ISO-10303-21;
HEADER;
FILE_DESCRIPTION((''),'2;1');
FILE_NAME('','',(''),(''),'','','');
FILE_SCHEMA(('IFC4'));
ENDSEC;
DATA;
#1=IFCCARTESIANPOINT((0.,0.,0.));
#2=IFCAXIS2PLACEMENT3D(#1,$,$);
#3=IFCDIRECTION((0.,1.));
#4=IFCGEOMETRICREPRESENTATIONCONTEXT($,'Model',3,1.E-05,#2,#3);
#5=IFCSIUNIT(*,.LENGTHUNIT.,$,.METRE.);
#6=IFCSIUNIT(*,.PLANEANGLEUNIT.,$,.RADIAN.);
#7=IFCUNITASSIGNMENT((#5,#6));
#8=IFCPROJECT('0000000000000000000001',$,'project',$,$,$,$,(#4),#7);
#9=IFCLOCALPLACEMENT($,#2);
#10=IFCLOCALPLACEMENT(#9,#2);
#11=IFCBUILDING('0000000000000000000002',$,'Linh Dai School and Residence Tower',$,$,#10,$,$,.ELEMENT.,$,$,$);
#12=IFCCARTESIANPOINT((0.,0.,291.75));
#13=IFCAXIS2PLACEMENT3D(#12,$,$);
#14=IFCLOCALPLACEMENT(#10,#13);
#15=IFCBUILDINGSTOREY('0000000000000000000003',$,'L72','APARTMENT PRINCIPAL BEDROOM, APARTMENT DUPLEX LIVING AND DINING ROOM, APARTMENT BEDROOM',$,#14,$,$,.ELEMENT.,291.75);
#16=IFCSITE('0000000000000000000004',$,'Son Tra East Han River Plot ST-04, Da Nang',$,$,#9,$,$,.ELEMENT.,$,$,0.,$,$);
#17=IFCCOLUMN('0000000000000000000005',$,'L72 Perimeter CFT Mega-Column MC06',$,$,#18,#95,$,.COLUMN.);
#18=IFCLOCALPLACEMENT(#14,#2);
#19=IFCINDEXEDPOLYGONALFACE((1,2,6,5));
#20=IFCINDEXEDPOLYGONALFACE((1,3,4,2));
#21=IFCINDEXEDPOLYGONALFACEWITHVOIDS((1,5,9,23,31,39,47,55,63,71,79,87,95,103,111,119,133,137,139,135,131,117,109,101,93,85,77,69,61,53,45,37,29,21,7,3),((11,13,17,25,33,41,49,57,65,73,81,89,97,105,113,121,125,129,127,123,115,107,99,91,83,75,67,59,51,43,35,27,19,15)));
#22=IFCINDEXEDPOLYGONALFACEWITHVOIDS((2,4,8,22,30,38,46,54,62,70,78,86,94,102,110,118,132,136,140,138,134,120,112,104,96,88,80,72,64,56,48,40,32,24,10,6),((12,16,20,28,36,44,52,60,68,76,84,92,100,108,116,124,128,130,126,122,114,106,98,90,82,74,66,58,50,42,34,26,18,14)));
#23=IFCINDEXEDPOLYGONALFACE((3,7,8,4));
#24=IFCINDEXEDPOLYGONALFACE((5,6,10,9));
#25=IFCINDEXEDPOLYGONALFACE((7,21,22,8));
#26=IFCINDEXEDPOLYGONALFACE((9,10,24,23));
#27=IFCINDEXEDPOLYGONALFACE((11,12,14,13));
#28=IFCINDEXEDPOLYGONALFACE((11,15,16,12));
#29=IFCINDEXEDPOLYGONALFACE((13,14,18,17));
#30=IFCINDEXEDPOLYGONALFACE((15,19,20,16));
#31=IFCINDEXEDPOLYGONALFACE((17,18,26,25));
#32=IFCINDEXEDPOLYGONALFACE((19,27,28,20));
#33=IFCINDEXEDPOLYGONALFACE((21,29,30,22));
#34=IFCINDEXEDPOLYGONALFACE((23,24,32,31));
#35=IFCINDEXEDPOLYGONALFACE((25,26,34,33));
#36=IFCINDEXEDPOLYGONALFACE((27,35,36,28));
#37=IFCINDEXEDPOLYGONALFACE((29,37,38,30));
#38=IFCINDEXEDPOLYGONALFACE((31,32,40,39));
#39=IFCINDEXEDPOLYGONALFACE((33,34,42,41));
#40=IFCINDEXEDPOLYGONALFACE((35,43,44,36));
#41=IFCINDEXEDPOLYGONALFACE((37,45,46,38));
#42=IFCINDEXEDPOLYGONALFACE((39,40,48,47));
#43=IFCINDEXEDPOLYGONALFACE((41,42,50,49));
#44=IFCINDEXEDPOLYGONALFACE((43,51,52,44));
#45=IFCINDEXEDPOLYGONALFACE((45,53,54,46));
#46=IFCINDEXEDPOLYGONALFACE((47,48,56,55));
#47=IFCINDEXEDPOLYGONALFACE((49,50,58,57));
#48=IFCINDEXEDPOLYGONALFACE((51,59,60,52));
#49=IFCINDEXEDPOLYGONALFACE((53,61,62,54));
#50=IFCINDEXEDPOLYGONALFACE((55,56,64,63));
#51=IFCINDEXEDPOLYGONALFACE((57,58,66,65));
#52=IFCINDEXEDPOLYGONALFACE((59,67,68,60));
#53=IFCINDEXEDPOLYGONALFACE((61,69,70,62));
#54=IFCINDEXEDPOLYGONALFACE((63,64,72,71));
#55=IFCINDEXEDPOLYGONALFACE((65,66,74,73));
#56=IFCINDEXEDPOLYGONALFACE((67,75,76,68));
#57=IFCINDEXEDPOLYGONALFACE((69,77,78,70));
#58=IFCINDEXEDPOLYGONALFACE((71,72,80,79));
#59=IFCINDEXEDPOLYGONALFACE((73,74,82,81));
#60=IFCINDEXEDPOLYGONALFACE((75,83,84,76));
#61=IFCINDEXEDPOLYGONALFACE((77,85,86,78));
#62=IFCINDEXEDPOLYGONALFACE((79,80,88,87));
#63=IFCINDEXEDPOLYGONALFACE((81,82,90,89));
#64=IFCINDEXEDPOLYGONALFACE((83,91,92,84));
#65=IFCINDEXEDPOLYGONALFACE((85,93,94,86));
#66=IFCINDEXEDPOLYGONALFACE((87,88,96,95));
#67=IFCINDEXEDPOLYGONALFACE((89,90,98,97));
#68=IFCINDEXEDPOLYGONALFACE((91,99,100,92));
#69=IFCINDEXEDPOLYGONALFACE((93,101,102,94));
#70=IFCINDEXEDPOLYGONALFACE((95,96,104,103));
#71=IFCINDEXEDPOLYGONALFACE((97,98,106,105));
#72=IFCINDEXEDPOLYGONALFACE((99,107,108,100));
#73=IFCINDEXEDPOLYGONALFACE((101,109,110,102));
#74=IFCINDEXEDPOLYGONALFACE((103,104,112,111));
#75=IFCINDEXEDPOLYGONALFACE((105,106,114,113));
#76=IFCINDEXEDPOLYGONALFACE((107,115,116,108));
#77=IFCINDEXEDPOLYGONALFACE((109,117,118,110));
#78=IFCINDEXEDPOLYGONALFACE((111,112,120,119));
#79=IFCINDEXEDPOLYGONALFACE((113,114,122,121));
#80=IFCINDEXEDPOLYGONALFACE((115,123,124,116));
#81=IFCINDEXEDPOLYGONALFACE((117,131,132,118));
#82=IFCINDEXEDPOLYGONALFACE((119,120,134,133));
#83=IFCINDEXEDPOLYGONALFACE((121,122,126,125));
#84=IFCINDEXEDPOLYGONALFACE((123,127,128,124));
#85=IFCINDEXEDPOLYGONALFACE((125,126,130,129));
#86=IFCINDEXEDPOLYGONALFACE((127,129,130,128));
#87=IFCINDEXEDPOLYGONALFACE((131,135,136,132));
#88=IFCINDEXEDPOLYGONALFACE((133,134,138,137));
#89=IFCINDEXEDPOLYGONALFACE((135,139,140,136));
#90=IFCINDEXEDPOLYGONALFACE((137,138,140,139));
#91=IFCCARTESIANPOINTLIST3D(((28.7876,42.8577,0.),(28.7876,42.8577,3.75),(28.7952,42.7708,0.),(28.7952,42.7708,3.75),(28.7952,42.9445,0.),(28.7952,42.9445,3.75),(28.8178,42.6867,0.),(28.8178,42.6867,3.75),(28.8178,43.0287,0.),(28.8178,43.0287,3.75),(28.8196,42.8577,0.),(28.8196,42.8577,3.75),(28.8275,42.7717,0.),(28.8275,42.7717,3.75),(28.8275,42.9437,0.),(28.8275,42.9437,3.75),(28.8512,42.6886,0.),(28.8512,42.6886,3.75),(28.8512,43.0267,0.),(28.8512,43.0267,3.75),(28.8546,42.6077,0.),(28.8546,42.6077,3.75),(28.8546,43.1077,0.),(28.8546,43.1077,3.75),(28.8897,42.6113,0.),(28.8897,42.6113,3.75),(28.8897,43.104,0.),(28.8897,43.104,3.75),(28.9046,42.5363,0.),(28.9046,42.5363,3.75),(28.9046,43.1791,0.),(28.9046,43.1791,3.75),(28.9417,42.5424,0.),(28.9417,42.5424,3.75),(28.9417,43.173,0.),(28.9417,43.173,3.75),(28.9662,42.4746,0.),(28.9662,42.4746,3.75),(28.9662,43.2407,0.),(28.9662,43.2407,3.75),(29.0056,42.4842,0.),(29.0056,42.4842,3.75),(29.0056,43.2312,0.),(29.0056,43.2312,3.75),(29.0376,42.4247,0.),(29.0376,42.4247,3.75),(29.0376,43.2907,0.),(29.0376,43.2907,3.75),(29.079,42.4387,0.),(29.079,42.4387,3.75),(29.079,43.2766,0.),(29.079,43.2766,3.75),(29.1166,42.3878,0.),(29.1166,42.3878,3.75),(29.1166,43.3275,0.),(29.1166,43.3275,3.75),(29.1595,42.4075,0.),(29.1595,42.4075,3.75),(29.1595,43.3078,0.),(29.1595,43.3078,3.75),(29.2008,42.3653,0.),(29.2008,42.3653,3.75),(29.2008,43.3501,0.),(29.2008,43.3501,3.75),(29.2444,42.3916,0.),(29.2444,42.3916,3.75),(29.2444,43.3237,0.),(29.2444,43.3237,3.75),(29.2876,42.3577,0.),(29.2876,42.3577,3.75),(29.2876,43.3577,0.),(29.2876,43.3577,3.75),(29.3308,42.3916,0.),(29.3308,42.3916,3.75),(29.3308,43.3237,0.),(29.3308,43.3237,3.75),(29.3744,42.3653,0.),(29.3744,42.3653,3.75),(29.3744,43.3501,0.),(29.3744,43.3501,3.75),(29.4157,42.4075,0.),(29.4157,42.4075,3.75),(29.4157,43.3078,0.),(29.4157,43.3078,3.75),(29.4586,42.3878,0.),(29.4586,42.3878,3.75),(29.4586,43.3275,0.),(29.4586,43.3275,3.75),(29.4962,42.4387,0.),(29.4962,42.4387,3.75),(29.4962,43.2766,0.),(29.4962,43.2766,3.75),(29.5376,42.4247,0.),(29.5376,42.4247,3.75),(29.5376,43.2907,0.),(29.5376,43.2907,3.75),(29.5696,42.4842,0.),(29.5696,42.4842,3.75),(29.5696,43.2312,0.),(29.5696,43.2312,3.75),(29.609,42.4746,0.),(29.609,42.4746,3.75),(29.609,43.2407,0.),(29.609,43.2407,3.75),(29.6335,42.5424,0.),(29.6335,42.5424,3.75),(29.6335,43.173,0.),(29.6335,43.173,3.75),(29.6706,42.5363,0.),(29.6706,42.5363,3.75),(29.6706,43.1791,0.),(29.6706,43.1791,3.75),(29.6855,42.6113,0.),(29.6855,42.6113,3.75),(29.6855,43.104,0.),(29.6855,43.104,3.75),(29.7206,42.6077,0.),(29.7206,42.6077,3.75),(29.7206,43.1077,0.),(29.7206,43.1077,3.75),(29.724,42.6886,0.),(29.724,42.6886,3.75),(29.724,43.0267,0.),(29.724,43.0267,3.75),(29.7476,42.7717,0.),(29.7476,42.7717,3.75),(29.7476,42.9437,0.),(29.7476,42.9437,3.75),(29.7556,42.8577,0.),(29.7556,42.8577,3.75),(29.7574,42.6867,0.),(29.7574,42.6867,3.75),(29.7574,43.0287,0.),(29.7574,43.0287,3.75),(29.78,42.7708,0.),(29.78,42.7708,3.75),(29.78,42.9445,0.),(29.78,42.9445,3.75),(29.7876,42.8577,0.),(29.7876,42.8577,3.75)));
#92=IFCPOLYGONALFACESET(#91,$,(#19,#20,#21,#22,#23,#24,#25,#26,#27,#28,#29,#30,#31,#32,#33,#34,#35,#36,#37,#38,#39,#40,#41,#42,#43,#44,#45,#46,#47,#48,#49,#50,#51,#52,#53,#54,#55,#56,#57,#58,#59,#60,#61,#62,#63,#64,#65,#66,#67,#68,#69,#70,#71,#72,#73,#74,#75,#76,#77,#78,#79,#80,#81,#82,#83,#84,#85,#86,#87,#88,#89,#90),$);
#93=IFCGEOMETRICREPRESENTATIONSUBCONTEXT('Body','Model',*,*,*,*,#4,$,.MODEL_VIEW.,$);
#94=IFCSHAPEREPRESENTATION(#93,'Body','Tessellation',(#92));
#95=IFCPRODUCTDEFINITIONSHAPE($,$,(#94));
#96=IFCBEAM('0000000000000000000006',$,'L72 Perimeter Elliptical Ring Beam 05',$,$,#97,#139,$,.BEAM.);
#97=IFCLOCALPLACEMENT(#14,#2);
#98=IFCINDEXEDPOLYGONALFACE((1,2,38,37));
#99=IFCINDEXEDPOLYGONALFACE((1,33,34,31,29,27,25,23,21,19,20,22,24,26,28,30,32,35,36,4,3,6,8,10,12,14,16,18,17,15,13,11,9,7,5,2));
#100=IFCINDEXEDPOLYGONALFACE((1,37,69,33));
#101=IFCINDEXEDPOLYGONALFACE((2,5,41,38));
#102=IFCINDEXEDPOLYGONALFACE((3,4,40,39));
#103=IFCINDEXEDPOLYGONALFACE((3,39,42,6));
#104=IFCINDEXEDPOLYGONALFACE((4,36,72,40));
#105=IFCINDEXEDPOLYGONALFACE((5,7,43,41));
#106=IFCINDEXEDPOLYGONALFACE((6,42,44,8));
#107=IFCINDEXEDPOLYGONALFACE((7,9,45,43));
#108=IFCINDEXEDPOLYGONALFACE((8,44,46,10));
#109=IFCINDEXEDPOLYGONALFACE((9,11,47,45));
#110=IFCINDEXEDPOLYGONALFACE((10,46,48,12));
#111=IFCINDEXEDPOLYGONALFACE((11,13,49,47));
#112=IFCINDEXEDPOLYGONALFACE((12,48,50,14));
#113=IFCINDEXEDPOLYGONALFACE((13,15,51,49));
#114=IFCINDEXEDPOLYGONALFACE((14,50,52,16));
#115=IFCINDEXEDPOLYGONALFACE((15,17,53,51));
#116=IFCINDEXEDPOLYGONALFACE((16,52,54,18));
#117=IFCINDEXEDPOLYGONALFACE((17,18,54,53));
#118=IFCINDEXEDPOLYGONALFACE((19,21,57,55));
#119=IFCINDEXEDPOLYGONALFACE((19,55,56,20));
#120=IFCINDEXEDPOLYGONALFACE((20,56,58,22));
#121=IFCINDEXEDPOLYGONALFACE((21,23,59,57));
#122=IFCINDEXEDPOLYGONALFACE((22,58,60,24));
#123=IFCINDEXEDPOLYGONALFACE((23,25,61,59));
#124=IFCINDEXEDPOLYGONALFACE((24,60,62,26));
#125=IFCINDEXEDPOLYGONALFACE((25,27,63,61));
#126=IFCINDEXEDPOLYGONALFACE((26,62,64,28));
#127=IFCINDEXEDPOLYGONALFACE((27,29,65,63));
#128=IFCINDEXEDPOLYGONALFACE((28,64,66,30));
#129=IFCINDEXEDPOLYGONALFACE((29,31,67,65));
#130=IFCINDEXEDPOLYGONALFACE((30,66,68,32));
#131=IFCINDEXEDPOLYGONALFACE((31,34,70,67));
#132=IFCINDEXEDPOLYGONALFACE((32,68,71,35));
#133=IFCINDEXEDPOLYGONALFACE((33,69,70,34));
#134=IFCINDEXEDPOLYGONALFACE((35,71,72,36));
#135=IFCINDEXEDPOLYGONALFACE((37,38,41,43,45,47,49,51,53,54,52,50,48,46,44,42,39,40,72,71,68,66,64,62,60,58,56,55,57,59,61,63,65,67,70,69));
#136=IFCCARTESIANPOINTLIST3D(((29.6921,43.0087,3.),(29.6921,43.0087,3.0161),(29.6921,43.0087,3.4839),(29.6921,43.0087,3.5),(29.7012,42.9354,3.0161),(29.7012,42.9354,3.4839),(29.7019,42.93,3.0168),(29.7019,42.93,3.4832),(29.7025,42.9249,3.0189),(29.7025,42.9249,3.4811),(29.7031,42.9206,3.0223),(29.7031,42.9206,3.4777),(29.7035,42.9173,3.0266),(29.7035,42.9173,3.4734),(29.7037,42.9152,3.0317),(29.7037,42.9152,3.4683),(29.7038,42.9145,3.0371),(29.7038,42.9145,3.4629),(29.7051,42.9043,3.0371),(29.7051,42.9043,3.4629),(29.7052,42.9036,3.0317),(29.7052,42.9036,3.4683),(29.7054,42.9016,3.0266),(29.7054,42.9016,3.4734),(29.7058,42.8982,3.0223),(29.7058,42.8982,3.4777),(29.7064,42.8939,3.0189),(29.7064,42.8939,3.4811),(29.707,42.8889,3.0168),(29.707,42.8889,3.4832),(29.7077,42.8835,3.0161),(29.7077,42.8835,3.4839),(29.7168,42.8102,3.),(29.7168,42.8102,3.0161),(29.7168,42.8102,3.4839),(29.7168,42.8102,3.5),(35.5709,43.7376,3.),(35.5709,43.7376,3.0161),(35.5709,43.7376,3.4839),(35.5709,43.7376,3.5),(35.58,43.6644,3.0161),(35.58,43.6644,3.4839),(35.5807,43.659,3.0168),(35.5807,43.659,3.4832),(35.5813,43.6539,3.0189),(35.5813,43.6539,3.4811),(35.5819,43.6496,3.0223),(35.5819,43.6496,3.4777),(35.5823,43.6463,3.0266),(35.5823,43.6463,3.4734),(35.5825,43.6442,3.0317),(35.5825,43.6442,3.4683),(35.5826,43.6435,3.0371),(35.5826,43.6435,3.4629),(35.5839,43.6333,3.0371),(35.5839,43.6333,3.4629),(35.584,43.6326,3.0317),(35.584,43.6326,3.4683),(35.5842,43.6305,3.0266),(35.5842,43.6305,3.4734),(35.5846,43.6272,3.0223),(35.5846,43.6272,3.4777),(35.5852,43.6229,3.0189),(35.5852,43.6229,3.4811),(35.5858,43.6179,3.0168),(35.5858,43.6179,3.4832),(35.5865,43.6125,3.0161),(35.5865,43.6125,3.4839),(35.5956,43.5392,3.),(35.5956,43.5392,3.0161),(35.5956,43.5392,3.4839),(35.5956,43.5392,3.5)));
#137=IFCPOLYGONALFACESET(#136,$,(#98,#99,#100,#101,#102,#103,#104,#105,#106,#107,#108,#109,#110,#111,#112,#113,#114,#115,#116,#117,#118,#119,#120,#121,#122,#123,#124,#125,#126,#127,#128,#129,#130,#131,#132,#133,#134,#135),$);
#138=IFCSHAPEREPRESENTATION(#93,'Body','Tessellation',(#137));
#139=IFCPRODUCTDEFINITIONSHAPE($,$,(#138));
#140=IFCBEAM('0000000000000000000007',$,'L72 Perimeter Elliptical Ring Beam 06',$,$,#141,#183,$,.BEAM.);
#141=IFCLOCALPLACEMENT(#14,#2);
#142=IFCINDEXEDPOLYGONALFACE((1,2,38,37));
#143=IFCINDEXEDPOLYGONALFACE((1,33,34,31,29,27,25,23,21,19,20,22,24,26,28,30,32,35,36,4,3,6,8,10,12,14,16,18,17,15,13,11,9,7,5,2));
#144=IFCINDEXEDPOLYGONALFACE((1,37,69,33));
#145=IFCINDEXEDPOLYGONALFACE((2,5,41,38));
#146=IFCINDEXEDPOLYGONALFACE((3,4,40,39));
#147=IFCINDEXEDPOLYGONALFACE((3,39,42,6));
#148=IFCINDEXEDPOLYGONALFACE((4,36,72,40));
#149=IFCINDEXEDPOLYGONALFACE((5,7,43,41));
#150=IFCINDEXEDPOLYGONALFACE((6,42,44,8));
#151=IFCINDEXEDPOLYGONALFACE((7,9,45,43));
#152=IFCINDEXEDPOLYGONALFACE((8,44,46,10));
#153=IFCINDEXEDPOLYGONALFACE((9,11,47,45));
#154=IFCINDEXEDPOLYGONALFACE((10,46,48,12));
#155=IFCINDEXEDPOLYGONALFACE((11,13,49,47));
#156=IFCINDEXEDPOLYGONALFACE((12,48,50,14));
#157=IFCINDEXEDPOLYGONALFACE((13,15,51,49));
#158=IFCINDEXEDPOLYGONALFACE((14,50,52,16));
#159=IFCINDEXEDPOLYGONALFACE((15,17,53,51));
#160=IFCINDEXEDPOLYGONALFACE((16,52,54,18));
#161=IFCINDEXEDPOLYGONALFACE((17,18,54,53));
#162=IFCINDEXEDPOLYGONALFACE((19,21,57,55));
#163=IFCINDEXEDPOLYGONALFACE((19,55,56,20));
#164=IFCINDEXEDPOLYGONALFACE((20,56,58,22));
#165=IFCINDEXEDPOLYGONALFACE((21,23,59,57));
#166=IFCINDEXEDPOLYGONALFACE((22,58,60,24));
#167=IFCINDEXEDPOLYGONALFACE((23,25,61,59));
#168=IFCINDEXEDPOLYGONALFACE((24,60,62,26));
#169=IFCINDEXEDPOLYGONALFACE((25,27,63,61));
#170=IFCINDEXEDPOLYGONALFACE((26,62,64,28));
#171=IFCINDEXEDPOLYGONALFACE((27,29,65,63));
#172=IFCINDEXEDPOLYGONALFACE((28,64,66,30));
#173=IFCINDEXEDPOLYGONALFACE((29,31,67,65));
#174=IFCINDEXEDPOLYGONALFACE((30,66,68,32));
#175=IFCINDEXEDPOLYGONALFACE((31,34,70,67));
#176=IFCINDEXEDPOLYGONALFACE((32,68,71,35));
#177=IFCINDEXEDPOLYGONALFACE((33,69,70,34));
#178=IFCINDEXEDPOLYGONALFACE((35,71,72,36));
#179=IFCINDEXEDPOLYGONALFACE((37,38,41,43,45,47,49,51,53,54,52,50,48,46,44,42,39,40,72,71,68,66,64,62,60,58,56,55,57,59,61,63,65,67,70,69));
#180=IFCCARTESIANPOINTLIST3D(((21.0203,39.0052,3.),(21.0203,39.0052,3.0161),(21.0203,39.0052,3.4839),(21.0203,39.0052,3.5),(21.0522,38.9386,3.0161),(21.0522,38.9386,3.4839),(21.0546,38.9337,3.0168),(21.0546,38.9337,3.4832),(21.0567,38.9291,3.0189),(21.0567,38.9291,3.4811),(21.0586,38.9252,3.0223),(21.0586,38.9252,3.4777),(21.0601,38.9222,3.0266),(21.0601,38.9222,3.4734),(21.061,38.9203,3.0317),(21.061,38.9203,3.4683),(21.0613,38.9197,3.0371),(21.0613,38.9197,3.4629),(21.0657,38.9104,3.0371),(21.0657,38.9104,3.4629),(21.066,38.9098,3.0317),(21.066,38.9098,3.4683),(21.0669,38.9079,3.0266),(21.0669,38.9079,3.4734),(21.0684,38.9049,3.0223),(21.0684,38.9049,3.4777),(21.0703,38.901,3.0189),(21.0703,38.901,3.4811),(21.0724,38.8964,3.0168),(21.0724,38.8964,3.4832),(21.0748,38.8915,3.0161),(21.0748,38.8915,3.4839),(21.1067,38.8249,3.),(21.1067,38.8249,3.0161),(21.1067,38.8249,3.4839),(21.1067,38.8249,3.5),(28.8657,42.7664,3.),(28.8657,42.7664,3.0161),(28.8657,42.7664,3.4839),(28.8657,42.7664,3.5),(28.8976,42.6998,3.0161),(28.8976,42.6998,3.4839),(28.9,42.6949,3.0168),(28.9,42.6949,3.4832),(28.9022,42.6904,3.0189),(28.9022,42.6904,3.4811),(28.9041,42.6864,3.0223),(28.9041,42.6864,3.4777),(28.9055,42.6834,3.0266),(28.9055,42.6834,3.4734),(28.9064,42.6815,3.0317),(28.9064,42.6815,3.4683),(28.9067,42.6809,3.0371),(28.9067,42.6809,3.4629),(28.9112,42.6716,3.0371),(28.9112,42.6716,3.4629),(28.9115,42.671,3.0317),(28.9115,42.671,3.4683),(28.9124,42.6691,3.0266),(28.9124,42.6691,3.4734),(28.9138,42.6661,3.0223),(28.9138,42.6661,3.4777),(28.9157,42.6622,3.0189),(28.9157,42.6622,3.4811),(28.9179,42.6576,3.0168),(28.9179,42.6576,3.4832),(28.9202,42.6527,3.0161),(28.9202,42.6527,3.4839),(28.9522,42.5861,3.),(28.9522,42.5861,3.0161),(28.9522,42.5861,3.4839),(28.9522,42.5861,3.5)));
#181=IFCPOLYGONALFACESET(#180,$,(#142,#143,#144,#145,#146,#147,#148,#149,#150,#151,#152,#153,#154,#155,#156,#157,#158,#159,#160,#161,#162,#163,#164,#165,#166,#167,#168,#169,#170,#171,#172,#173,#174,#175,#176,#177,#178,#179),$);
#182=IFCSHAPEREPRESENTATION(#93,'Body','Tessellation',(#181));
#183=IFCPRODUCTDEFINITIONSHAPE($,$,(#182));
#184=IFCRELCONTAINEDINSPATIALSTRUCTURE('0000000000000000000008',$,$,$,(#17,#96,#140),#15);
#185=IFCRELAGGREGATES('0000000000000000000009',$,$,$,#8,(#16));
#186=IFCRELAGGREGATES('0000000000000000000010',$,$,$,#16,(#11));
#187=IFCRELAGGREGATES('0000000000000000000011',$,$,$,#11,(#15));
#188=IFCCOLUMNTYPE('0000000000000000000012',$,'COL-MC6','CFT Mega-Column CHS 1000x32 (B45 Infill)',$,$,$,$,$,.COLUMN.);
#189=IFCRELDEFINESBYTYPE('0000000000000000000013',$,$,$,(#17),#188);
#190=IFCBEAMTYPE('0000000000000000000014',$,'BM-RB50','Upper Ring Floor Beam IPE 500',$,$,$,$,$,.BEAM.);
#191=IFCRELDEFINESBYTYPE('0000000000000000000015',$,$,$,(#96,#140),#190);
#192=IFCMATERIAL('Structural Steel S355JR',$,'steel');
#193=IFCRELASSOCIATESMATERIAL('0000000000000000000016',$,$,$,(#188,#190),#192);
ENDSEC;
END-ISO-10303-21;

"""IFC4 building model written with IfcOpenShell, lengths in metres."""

from ifc_helpers import new_model, si_unit, direction, frame, origin, origin_2d, place, context, subcontext, project, spatial, hollow_circle, i_section, extrude, material, material_profile, profile_set, type_object, element, save


model = new_model("IFC4")

# Units and contexts
model_context = context("Model", 3, precision=1e-05, world=origin(), true_north=direction((0.0, 1.0)))
body_context = subcontext(model_context, "Body", "Model", "MODEL_VIEW")
ifc_project = project(units=[si_unit("LENGTHUNIT", "METRE"), si_unit("PLANEANGLEUNIT", "RADIAN")], contexts=[model_context])

# Site, building, storey
site_placement = place(None, origin())
site = spatial("IfcSite", under=ifc_project, at=site_placement, Name="Son Tra East Han River Plot ST-04, Da Nang", CompositionType="ELEMENT", RefElevation=0.0)
building_placement = place(site_placement, origin())
building = spatial("IfcBuilding", under=site, at=building_placement, Name="Linh Dai School and Residence Tower", CompositionType="ELEMENT")
storey_placement = place(building_placement, frame((0.0, 0.0, 291.75)))
storey = spatial("IfcBuildingStorey", under=building, at=storey_placement, Name="L72", Description="APARTMENT PRINCIPAL BEDROOM, APARTMENT DUPLEX LIVING AND DINING ROOM, APARTMENT BEDROOM", CompositionType="ELEMENT", Elevation=291.75)

# Column
ifc_material_1 = material(Name="Structural Steel S355JR", Category="steel")
ifc_material_profile_1 = material_profile(ifc_material_1, hollow_circle(Radius=0.5, WallThickness=0.032, at=origin_2d()), Name="CHS 1000x32")
ifc_profile_set_1 = profile_set([ifc_material_profile_1], Name="Structural Steel S355JR")
column_type = type_object("IfcColumnType", Name="COL-MC6", Description="CFT Mega-Column CHS 1000x32 (B45 Infill)", PredefinedType="COLUMN", material=ifc_profile_set_1)
column_placement = place(storey_placement, frame((29.2876, 42.8577, 0.0), z_axis=(0.0, 0.0, 1.0), x_axis=(1.0, 0.0, 0.0)))
element("IfcColumn", 1, at=column_placement, inside=storey, type_object=column_type, Name="L72 Perimeter CFT Mega-Column MC06", PredefinedType="COLUMN", context=body_context, shape_type="SweptSolid", body=[
    extrude(hollow_circle(Radius=0.5, WallThickness=0.032, at=origin_2d()), origin(), (0.0, 0.0, 1.0), 3.75),
])

# Beams
ifc_material_profile_2 = material_profile(ifc_material_1, i_section(OverallWidth=0.2, OverallDepth=0.5, WebThickness=0.0103, FlangeThickness=0.0161, FilletRadius=0.021, at=origin_2d()), Name="IPE 500")
ifc_profile_set_2 = profile_set([ifc_material_profile_2], Name="Structural Steel S355JR")
beam_type_1 = type_object("IfcBeamType", Name="BM-RB50", Description="Upper Ring Floor Beam IPE 500", PredefinedType="BEAM", material=ifc_profile_set_2)
beam_1_placement = place(storey_placement, frame((35.5833, 43.6384, 3.25), z_axis=(-0.992399, -0.123061, 0.0), x_axis=(0.123061, -0.992399, 0.0)))
element("IfcBeam", 2, at=beam_1_placement, inside=storey, type_object=beam_type_1, Name="L72 Perimeter Elliptical Ring Beam 05", PredefinedType="BEAM", context=body_context, shape_type="SweptSolid", body=[
    extrude(i_section(OverallWidth=0.2, OverallDepth=0.5, WebThickness=0.0103, FlangeThickness=0.0161, FilletRadius=0.021, at=origin_2d()), origin(), (0.0, 0.0, 1.0), 5.9238),
])
beam_2_placement = place(storey_placement, frame((28.9089, 42.6763, 3.25), z_axis=(-0.901729, -0.432302, 0.0), x_axis=(0.432302, -0.901729, 0.0)))
element("IfcBeam", 3, at=beam_2_placement, inside=storey, type_object=beam_type_1, Name="L72 Perimeter Elliptical Ring Beam 06", PredefinedType="BEAM", context=body_context, shape_type="SweptSolid", body=[
    extrude(i_section(OverallWidth=0.2, OverallDepth=0.5, WebThickness=0.0103, FlangeThickness=0.0161, FilletRadius=0.021, at=origin_2d()), origin(), (0.0, 0.0, 1.0), 8.7004),
])

save(model, "model.ifc")
